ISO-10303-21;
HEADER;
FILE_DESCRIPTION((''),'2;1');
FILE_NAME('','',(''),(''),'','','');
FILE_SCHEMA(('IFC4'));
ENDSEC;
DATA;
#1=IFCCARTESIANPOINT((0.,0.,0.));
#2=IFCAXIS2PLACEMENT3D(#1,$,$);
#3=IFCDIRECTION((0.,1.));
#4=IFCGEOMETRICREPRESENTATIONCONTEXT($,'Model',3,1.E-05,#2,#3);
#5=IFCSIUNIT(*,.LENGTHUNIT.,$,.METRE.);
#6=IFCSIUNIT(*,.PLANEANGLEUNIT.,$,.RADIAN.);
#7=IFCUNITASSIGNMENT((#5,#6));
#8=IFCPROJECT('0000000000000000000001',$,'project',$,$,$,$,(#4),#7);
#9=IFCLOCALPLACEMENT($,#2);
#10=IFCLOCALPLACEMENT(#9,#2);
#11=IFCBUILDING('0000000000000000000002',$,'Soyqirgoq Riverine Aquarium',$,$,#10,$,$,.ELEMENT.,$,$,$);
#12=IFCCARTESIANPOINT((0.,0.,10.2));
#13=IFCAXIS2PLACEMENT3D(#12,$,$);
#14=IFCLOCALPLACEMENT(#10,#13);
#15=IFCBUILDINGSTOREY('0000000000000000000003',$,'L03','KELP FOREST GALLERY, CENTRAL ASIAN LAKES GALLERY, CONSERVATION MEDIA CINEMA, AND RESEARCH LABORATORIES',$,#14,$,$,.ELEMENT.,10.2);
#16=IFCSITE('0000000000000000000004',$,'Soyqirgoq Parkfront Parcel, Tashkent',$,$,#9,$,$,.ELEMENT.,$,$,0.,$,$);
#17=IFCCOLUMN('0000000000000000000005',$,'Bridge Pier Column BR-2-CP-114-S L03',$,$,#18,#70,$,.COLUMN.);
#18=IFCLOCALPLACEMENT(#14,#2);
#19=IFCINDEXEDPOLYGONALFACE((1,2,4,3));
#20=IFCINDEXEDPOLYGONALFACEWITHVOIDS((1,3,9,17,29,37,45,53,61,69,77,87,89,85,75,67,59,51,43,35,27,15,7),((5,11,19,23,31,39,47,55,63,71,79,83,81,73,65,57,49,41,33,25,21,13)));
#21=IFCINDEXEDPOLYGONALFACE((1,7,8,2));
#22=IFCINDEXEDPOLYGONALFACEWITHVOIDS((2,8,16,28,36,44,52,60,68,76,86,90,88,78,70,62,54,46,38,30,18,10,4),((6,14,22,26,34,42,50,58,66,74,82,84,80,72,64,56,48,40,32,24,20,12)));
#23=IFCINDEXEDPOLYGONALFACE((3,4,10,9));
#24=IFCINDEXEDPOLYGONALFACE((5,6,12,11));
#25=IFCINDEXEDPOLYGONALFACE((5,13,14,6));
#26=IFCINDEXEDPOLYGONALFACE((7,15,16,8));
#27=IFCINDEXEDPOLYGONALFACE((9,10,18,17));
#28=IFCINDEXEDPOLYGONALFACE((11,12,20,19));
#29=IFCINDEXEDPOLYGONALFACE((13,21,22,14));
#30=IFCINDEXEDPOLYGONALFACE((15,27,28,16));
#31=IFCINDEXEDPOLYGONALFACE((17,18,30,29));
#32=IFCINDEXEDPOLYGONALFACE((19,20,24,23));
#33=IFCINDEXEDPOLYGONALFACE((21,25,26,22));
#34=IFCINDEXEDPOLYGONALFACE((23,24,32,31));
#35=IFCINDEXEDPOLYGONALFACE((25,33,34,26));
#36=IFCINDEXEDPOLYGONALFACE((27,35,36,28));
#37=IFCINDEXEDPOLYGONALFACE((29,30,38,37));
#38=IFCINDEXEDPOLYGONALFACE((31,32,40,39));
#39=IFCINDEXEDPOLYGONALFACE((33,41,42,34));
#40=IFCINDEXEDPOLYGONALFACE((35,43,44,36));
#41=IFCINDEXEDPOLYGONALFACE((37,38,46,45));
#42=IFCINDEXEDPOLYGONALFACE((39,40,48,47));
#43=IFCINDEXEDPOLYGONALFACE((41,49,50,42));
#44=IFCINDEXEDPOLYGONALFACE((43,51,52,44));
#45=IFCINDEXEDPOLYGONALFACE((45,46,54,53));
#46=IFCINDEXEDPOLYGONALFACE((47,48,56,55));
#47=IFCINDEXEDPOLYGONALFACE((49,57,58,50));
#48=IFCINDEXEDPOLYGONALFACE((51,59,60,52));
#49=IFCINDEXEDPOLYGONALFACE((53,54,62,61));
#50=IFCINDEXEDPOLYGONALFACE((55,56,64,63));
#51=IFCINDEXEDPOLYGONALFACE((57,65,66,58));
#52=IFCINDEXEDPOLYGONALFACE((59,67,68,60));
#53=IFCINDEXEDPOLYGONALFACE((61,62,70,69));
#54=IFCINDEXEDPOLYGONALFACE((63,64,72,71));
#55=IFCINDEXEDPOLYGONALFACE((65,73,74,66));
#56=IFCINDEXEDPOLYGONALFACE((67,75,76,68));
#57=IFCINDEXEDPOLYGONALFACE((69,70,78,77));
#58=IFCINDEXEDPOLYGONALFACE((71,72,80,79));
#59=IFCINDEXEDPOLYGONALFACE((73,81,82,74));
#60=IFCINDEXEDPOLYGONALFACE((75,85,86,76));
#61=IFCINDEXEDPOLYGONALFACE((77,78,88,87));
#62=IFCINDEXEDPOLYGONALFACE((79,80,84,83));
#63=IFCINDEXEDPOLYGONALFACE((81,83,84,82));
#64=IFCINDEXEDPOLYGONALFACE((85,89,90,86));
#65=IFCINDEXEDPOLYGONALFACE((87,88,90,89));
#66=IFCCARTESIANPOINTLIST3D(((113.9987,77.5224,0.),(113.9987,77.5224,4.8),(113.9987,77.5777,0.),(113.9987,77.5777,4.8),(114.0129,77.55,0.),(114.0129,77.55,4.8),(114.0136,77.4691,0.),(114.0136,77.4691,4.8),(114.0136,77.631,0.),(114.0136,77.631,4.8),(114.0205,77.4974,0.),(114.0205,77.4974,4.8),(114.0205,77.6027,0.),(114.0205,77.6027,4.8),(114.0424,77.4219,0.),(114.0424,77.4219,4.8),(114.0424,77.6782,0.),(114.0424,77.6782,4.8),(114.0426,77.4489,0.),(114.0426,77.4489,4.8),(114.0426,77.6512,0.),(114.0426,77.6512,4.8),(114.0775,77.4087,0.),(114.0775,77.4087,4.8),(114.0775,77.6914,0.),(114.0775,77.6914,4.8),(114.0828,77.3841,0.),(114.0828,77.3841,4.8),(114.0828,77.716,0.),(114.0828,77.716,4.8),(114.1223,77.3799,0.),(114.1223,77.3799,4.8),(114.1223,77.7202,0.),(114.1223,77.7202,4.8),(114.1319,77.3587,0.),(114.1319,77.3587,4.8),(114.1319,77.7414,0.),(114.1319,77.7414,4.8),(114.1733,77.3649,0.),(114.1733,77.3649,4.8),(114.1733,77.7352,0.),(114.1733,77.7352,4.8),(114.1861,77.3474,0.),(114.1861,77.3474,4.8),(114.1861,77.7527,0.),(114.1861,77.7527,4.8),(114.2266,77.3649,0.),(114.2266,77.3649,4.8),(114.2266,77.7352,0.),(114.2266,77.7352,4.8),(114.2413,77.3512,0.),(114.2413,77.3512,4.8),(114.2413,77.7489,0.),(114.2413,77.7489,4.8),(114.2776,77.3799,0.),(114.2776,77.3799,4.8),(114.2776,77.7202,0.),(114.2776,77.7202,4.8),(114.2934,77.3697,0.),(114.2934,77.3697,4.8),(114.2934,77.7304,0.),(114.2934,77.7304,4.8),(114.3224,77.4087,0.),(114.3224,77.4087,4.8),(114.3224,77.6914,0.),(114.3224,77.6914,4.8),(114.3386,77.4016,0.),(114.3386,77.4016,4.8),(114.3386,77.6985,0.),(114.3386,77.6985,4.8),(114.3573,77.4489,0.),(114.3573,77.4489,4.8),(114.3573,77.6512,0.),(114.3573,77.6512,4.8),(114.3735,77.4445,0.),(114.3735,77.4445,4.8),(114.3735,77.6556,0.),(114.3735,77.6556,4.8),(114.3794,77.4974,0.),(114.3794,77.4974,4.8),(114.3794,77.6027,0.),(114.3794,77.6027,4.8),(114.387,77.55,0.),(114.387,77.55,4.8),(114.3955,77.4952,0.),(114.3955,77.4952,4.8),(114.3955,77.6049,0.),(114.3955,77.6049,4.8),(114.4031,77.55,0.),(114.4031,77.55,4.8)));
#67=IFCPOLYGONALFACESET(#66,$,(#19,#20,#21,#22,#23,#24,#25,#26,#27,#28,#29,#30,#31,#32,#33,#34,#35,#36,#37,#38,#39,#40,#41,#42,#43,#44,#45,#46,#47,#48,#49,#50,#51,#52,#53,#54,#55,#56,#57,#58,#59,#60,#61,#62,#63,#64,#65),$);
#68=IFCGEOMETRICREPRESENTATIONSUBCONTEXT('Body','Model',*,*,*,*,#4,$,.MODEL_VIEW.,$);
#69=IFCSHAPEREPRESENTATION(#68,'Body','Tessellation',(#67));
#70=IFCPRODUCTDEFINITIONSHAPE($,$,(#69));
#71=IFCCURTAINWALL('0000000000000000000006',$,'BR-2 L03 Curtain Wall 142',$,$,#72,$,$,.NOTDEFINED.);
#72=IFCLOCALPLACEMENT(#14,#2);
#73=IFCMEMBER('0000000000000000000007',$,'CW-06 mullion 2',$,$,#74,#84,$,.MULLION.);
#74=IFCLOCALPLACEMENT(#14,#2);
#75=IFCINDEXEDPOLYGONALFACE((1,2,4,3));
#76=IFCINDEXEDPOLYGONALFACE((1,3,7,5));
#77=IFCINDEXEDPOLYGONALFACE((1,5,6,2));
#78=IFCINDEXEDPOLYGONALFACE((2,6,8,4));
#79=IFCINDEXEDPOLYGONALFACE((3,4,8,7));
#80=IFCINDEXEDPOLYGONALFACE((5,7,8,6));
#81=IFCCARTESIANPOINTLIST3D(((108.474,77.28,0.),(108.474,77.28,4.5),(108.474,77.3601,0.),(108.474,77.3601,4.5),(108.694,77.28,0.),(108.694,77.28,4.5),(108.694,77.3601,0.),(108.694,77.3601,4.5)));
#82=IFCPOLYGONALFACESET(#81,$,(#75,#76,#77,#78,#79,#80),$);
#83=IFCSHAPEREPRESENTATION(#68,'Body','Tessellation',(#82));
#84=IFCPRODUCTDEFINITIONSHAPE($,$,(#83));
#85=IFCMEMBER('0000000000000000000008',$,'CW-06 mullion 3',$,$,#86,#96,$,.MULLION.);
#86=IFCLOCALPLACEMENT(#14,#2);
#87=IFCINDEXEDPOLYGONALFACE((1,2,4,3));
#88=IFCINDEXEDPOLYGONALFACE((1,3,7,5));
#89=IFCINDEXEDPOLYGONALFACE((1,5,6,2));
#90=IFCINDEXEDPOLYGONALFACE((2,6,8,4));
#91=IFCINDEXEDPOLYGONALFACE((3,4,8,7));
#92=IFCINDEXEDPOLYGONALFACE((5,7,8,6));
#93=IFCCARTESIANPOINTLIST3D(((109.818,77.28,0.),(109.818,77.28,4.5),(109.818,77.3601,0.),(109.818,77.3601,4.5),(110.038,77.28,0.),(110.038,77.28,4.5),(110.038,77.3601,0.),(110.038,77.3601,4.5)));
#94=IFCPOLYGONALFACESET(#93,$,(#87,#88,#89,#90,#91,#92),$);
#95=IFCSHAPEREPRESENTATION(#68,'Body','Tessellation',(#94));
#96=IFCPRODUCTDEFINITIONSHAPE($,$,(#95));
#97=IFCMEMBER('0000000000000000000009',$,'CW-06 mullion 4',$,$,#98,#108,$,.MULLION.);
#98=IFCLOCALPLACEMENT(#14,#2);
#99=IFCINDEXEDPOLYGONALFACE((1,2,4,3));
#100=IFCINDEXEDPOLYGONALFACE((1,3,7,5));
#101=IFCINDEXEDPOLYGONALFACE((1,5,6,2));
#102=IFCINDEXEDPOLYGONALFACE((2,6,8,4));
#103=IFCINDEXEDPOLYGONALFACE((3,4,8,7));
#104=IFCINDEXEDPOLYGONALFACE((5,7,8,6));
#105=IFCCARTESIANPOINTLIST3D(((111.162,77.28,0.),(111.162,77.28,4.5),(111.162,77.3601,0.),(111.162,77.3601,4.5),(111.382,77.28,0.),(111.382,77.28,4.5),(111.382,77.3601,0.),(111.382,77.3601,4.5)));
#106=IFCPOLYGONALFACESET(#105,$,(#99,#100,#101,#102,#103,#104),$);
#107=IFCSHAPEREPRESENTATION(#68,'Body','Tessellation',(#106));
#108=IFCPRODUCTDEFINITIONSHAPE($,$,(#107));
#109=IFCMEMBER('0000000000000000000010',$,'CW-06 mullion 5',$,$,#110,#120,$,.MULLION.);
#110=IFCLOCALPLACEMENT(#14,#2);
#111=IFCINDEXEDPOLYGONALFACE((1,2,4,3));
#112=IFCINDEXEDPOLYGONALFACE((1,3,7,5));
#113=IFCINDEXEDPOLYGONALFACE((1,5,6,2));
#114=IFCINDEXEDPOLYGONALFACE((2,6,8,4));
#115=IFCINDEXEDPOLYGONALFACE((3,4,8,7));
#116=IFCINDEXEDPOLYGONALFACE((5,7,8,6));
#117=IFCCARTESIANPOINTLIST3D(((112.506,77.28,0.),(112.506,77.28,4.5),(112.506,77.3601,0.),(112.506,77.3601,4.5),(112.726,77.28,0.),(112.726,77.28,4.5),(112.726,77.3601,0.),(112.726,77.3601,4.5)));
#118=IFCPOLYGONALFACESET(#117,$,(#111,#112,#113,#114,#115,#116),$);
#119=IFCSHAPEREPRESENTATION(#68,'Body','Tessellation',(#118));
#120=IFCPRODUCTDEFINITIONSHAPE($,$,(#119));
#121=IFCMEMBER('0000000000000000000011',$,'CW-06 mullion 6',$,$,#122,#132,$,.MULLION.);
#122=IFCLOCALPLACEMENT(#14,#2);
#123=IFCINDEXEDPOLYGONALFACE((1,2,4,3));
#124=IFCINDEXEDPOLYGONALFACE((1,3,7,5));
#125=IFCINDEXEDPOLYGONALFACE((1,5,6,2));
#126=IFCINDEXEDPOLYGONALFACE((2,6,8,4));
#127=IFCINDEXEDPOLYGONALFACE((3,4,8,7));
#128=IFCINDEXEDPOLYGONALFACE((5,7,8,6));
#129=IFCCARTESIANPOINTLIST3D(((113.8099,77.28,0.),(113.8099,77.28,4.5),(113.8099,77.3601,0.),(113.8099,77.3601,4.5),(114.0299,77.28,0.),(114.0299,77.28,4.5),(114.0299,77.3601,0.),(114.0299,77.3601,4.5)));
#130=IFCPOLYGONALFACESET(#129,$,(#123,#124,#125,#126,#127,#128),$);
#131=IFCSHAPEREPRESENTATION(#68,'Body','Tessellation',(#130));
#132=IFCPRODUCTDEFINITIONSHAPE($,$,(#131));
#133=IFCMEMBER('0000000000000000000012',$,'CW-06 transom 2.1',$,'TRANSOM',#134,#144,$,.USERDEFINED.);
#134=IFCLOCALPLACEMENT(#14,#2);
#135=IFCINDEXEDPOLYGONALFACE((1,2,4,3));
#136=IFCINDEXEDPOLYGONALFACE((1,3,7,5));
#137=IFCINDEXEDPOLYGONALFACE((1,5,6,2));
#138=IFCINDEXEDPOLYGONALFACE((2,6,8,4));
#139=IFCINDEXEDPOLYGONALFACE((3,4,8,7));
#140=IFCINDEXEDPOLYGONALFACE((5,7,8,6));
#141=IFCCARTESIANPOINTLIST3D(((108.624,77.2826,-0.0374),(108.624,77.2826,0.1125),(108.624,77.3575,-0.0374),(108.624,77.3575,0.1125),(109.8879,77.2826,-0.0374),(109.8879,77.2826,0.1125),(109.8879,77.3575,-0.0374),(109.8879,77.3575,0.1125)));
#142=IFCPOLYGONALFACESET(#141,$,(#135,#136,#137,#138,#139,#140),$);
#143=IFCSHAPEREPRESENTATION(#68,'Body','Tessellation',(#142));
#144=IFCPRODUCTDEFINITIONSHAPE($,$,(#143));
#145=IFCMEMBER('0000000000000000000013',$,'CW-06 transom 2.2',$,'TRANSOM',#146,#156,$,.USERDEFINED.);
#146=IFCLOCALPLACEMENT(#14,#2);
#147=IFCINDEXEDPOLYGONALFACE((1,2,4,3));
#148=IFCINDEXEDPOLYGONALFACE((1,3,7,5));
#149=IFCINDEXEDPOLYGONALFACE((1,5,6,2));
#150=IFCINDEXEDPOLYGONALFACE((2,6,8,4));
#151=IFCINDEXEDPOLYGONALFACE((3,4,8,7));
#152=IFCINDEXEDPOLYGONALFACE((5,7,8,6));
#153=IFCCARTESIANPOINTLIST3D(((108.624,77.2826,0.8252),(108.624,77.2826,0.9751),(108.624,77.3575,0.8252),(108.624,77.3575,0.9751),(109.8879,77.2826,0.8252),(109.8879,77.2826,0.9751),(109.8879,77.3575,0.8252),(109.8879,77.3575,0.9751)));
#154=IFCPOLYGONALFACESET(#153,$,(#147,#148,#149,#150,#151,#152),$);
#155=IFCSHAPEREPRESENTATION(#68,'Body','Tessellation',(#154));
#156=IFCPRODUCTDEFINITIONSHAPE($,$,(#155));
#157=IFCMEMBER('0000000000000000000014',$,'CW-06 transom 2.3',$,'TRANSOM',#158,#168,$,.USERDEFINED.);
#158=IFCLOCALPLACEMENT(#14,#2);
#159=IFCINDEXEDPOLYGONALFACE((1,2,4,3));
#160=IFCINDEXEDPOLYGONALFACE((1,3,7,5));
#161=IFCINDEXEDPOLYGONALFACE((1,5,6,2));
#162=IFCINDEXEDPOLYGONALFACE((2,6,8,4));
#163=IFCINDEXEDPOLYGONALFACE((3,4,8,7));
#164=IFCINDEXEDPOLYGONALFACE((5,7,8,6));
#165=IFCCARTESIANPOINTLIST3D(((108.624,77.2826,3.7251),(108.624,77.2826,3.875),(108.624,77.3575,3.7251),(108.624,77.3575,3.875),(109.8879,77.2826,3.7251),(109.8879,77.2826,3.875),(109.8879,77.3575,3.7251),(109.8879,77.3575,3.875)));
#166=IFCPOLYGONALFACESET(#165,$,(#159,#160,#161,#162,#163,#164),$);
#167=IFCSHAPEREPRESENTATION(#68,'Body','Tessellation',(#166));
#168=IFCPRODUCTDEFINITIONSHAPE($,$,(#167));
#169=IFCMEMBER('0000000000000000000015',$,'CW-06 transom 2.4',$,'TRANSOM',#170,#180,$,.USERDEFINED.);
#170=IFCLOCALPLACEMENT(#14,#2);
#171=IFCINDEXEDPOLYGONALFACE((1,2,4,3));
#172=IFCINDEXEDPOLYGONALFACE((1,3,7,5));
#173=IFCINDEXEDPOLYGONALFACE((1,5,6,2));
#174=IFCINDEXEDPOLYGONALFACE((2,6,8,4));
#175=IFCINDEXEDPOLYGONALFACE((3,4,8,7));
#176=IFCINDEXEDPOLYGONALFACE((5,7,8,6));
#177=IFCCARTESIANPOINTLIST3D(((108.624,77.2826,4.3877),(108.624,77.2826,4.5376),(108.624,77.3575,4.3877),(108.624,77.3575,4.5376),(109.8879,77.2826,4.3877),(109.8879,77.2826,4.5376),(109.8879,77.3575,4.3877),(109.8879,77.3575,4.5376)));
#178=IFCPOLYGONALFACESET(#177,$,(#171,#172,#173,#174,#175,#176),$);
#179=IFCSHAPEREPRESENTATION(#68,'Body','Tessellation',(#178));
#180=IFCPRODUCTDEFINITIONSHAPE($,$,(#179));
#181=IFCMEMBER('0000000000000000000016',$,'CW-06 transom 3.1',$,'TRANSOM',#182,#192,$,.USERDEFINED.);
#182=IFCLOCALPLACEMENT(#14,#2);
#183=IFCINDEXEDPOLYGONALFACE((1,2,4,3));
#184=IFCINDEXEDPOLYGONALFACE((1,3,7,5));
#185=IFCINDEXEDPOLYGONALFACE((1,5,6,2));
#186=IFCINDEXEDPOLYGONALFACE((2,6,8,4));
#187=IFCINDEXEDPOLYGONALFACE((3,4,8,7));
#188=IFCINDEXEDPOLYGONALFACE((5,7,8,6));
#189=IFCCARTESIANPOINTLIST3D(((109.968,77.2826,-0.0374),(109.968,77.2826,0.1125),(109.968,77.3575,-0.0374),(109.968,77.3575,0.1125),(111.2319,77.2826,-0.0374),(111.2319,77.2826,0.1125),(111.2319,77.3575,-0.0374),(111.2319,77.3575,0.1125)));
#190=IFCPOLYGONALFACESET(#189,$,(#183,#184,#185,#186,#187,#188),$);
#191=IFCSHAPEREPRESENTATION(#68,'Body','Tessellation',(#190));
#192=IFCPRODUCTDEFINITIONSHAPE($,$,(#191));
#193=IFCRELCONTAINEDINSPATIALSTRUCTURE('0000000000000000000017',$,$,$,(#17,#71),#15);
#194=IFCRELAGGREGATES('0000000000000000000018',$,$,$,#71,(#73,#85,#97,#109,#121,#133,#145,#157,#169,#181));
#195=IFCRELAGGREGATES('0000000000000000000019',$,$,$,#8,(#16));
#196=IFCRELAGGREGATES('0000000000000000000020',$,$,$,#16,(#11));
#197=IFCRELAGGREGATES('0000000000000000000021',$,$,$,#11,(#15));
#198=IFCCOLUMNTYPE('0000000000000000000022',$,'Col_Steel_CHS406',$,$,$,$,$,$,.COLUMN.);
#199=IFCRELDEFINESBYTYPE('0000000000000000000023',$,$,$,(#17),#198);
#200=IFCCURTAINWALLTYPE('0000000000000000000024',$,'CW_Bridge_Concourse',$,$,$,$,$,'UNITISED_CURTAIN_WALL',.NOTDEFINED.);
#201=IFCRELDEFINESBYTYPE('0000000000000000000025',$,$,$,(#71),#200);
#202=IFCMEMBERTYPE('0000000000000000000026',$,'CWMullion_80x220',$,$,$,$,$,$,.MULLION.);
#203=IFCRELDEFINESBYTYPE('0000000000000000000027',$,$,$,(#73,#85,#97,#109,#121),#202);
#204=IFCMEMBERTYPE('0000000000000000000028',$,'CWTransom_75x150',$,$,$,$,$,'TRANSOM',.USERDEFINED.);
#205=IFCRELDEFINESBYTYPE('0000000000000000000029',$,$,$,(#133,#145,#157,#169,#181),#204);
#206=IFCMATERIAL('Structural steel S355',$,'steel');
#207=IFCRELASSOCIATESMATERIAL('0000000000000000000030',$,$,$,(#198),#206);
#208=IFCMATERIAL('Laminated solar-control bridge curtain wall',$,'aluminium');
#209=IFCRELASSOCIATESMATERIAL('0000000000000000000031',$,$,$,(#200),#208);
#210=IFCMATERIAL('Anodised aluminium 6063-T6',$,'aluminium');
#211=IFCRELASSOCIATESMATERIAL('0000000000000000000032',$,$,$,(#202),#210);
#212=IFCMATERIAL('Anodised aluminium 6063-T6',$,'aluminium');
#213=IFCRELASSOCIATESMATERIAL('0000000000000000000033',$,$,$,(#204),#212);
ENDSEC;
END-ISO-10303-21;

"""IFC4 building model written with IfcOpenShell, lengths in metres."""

from ifc_helpers import new_model, si_unit, direction, frame, origin, origin_2d, place, context, subcontext, project, spatial, rectangle, hollow_circle, extrude, material, material_profile, profile_set, type_object, element, aggregate, save


model = new_model("IFC4")

# Units and contexts
model_context = context("Model", 3, precision=1e-05, world=origin(), true_north=direction((0.0, 1.0)))
body_context = subcontext(model_context, "Body", "Model", "MODEL_VIEW")
ifc_project = project(units=[si_unit("LENGTHUNIT", "METRE"), si_unit("PLANEANGLEUNIT", "RADIAN")], contexts=[model_context])

# Site, building, storey
site_placement = place(None, origin())
site = spatial("IfcSite", under=ifc_project, at=site_placement, Name="Soyqirgoq Parkfront Parcel, Tashkent", CompositionType="ELEMENT", RefElevation=0.0)
building_placement = place(site_placement, origin())
building = spatial("IfcBuilding", under=site, at=building_placement, Name="Soyqirgoq Riverine Aquarium", CompositionType="ELEMENT")
storey_placement = place(building_placement, frame((0.0, 0.0, 10.2)))
storey = spatial("IfcBuildingStorey", under=building, at=storey_placement, Name="L03", Description="KELP FOREST GALLERY, CENTRAL ASIAN LAKES GALLERY, CONSERVATION MEDIA CINEMA, AND RESEARCH LABORATORIES", CompositionType="ELEMENT", Elevation=10.2)

# Column
ifc_material_1 = material(Name="Structural steel S355", Category="steel")
ifc_material_profile_1 = material_profile(ifc_material_1, hollow_circle(Radius=0.2031, WallThickness=0.0161, at=origin_2d()), Name="CHS 406.4x16")
ifc_profile_set_1 = profile_set([ifc_material_profile_1], Name="Structural steel S355")
column_type = type_object("IfcColumnType", Name="Col_Steel_CHS406", PredefinedType="COLUMN", material=ifc_profile_set_1)
column_placement = place(storey_placement, frame((114.2, 77.55, 0.0), z_axis=(0.0, 0.0, 1.0), x_axis=(1.0, 0.0, 0.0)))
element("IfcColumn", 1, at=column_placement, inside=storey, type_object=column_type, Name="Bridge Pier Column BR-2-CP-114-S L03", PredefinedType="COLUMN", context=body_context, shape_type="SweptSolid", body=[
    extrude(hollow_circle(Radius=0.2031, WallThickness=0.0161, at=origin_2d()), origin(), (0.0, 0.0, 1.0), 4.8),
])

# Curtain wall, members
ifc_material_2 = material(Name="Laminated solar-control bridge curtain wall", Category="aluminium")
curtain_wall_type = type_object("IfcCurtainWallType", Name="CW_Bridge_Concourse", ElementType="UNITISED_CURTAIN_WALL", PredefinedType="NOTDEFINED", material=ifc_material_2)
curtain_wall_placement = place(storey_placement, origin())
curtain_wall = element("IfcCurtainWall", 2, at=curtain_wall_placement, inside=storey, type_object=curtain_wall_type, Name="BR-2 L03 Curtain Wall 142", PredefinedType="NOTDEFINED")
ifc_material_3 = material(Name="Anodised aluminium 6063-T6", Category="aluminium")
ifc_material_profile_2 = material_profile(ifc_material_3, rectangle(XDim=0.0801, YDim=0.22, at=origin_2d()), Name="ALU-M 80x220")
ifc_profile_set_2 = profile_set([ifc_material_profile_2], Name="Anodised aluminium 6063-T6")
member_type_1 = type_object("IfcMemberType", Name="CWMullion_80x220", PredefinedType="MULLION", material=ifc_profile_set_2)
member_1_placement = place(storey_placement, frame((108.584, 77.3201, 0.0), z_axis=(0.0, 0.0, 1.0), x_axis=(0.0, 1.0, 0.0)))
member_1 = element("IfcMember", 3, at=member_1_placement, type_object=member_type_1, Name="CW-06 mullion 2", PredefinedType="MULLION", context=body_context, shape_type="SweptSolid", body=[
    extrude(rectangle(XDim=0.0801, YDim=0.22, at=origin_2d()), origin(), (0.0, 0.0, 1.0), 4.5),
])
member_2_placement = place(storey_placement, frame((109.928, 77.3201, 0.0), z_axis=(0.0, 0.0, 1.0), x_axis=(0.0, 1.0, 0.0)))
member_2 = element("IfcMember", 4, at=member_2_placement, type_object=member_type_1, Name="CW-06 mullion 3", PredefinedType="MULLION", context=body_context, shape_type="SweptSolid", body=[
    extrude(rectangle(XDim=0.0801, YDim=0.22, at=origin_2d()), origin(), (0.0, 0.0, 1.0), 4.5),
])
member_3_placement = place(storey_placement, frame((111.272, 77.3201, 0.0), z_axis=(0.0, 0.0, 1.0), x_axis=(0.0, 1.0, 0.0)))
member_3 = element("IfcMember", 5, at=member_3_placement, type_object=member_type_1, Name="CW-06 mullion 4", PredefinedType="MULLION", context=body_context, shape_type="SweptSolid", body=[
    extrude(rectangle(XDim=0.0801, YDim=0.22, at=origin_2d()), origin(), (0.0, 0.0, 1.0), 4.5),
])
member_4_placement = place(storey_placement, frame((112.616, 77.3201, 0.0), z_axis=(0.0, 0.0, 1.0), x_axis=(0.0, 1.0, 0.0)))
member_4 = element("IfcMember", 6, at=member_4_placement, type_object=member_type_1, Name="CW-06 mullion 5", PredefinedType="MULLION", context=body_context, shape_type="SweptSolid", body=[
    extrude(rectangle(XDim=0.0801, YDim=0.22, at=origin_2d()), origin(), (0.0, 0.0, 1.0), 4.5),
])
member_5_placement = place(storey_placement, frame((113.9199, 77.3201, 0.0), z_axis=(0.0, 0.0, 1.0), x_axis=(0.0, 1.0, 0.0)))
member_5 = element("IfcMember", 7, at=member_5_placement, type_object=member_type_1, Name="CW-06 mullion 6", PredefinedType="MULLION", context=body_context, shape_type="SweptSolid", body=[
    extrude(rectangle(XDim=0.0801, YDim=0.22, at=origin_2d()), origin(), (0.0, 0.0, 1.0), 4.5),
])
ifc_material_4 = material(Name="Anodised aluminium 6063-T6", Category="aluminium")
ifc_material_profile_3 = material_profile(ifc_material_4, rectangle(XDim=0.075, YDim=0.1499, at=origin_2d()), Name="ALU-T 75x150")
ifc_profile_set_3 = profile_set([ifc_material_profile_3], Name="Anodised aluminium 6063-T6")
member_type_2 = type_object("IfcMemberType", Name="CWTransom_75x150", ElementType="TRANSOM", PredefinedType="USERDEFINED", material=ifc_profile_set_3)
member_6_placement = place(storey_placement, frame((108.624, 77.3201, 0.0376), z_axis=(1.0, 0.0, 0.0), x_axis=(0.0, 1.0, 0.0)))
member_6 = element("IfcMember", 8, at=member_6_placement, type_object=member_type_2, Name="CW-06 transom 2.1", ObjectType="TRANSOM", PredefinedType="USERDEFINED", context=body_context, shape_type="SweptSolid", body=[
    extrude(rectangle(XDim=0.075, YDim=0.1499, at=origin_2d()), origin(), (0.0, 0.0, 1.0), 1.2639),
])
member_7_placement = place(storey_placement, frame((108.624, 77.3201, 0.9001), z_axis=(1.0, 0.0, 0.0), x_axis=(0.0, 1.0, 0.0)))
member_7 = element("IfcMember", 9, at=member_7_placement, type_object=member_type_2, Name="CW-06 transom 2.2", ObjectType="TRANSOM", PredefinedType="USERDEFINED", context=body_context, shape_type="SweptSolid", body=[
    extrude(rectangle(XDim=0.075, YDim=0.1499, at=origin_2d()), origin(), (0.0, 0.0, 1.0), 1.2639),
])
member_8_placement = place(storey_placement, frame((108.624, 77.3201, 3.8), z_axis=(1.0, 0.0, 0.0), x_axis=(0.0, 1.0, 0.0)))
member_8 = element("IfcMember", 10, at=member_8_placement, type_object=member_type_2, Name="CW-06 transom 2.3", ObjectType="TRANSOM", PredefinedType="USERDEFINED", context=body_context, shape_type="SweptSolid", body=[
    extrude(rectangle(XDim=0.075, YDim=0.1499, at=origin_2d()), origin(), (0.0, 0.0, 1.0), 1.2639),
])
member_9_placement = place(storey_placement, frame((108.624, 77.3201, 4.4626), z_axis=(1.0, 0.0, 0.0), x_axis=(0.0, 1.0, 0.0)))
member_9 = element("IfcMember", 11, at=member_9_placement, type_object=member_type_2, Name="CW-06 transom 2.4", ObjectType="TRANSOM", PredefinedType="USERDEFINED", context=body_context, shape_type="SweptSolid", body=[
    extrude(rectangle(XDim=0.075, YDim=0.1499, at=origin_2d()), origin(), (0.0, 0.0, 1.0), 1.2639),
])
member_10_placement = place(storey_placement, frame((109.968, 77.3201, 0.0376), z_axis=(1.0, 0.0, 0.0), x_axis=(0.0, 1.0, 0.0)))
member_10 = element("IfcMember", 12, at=member_10_placement, type_object=member_type_2, Name="CW-06 transom 3.1", ObjectType="TRANSOM", PredefinedType="USERDEFINED", context=body_context, shape_type="SweptSolid", body=[
    extrude(rectangle(XDim=0.075, YDim=0.1499, at=origin_2d()), origin(), (0.0, 0.0, 1.0), 1.2639),
])

aggregate(curtain_wall, [member_1, member_2, member_3, member_4, member_5, member_6, member_7, member_8, member_9, member_10])

save(model, "model.ifc")
